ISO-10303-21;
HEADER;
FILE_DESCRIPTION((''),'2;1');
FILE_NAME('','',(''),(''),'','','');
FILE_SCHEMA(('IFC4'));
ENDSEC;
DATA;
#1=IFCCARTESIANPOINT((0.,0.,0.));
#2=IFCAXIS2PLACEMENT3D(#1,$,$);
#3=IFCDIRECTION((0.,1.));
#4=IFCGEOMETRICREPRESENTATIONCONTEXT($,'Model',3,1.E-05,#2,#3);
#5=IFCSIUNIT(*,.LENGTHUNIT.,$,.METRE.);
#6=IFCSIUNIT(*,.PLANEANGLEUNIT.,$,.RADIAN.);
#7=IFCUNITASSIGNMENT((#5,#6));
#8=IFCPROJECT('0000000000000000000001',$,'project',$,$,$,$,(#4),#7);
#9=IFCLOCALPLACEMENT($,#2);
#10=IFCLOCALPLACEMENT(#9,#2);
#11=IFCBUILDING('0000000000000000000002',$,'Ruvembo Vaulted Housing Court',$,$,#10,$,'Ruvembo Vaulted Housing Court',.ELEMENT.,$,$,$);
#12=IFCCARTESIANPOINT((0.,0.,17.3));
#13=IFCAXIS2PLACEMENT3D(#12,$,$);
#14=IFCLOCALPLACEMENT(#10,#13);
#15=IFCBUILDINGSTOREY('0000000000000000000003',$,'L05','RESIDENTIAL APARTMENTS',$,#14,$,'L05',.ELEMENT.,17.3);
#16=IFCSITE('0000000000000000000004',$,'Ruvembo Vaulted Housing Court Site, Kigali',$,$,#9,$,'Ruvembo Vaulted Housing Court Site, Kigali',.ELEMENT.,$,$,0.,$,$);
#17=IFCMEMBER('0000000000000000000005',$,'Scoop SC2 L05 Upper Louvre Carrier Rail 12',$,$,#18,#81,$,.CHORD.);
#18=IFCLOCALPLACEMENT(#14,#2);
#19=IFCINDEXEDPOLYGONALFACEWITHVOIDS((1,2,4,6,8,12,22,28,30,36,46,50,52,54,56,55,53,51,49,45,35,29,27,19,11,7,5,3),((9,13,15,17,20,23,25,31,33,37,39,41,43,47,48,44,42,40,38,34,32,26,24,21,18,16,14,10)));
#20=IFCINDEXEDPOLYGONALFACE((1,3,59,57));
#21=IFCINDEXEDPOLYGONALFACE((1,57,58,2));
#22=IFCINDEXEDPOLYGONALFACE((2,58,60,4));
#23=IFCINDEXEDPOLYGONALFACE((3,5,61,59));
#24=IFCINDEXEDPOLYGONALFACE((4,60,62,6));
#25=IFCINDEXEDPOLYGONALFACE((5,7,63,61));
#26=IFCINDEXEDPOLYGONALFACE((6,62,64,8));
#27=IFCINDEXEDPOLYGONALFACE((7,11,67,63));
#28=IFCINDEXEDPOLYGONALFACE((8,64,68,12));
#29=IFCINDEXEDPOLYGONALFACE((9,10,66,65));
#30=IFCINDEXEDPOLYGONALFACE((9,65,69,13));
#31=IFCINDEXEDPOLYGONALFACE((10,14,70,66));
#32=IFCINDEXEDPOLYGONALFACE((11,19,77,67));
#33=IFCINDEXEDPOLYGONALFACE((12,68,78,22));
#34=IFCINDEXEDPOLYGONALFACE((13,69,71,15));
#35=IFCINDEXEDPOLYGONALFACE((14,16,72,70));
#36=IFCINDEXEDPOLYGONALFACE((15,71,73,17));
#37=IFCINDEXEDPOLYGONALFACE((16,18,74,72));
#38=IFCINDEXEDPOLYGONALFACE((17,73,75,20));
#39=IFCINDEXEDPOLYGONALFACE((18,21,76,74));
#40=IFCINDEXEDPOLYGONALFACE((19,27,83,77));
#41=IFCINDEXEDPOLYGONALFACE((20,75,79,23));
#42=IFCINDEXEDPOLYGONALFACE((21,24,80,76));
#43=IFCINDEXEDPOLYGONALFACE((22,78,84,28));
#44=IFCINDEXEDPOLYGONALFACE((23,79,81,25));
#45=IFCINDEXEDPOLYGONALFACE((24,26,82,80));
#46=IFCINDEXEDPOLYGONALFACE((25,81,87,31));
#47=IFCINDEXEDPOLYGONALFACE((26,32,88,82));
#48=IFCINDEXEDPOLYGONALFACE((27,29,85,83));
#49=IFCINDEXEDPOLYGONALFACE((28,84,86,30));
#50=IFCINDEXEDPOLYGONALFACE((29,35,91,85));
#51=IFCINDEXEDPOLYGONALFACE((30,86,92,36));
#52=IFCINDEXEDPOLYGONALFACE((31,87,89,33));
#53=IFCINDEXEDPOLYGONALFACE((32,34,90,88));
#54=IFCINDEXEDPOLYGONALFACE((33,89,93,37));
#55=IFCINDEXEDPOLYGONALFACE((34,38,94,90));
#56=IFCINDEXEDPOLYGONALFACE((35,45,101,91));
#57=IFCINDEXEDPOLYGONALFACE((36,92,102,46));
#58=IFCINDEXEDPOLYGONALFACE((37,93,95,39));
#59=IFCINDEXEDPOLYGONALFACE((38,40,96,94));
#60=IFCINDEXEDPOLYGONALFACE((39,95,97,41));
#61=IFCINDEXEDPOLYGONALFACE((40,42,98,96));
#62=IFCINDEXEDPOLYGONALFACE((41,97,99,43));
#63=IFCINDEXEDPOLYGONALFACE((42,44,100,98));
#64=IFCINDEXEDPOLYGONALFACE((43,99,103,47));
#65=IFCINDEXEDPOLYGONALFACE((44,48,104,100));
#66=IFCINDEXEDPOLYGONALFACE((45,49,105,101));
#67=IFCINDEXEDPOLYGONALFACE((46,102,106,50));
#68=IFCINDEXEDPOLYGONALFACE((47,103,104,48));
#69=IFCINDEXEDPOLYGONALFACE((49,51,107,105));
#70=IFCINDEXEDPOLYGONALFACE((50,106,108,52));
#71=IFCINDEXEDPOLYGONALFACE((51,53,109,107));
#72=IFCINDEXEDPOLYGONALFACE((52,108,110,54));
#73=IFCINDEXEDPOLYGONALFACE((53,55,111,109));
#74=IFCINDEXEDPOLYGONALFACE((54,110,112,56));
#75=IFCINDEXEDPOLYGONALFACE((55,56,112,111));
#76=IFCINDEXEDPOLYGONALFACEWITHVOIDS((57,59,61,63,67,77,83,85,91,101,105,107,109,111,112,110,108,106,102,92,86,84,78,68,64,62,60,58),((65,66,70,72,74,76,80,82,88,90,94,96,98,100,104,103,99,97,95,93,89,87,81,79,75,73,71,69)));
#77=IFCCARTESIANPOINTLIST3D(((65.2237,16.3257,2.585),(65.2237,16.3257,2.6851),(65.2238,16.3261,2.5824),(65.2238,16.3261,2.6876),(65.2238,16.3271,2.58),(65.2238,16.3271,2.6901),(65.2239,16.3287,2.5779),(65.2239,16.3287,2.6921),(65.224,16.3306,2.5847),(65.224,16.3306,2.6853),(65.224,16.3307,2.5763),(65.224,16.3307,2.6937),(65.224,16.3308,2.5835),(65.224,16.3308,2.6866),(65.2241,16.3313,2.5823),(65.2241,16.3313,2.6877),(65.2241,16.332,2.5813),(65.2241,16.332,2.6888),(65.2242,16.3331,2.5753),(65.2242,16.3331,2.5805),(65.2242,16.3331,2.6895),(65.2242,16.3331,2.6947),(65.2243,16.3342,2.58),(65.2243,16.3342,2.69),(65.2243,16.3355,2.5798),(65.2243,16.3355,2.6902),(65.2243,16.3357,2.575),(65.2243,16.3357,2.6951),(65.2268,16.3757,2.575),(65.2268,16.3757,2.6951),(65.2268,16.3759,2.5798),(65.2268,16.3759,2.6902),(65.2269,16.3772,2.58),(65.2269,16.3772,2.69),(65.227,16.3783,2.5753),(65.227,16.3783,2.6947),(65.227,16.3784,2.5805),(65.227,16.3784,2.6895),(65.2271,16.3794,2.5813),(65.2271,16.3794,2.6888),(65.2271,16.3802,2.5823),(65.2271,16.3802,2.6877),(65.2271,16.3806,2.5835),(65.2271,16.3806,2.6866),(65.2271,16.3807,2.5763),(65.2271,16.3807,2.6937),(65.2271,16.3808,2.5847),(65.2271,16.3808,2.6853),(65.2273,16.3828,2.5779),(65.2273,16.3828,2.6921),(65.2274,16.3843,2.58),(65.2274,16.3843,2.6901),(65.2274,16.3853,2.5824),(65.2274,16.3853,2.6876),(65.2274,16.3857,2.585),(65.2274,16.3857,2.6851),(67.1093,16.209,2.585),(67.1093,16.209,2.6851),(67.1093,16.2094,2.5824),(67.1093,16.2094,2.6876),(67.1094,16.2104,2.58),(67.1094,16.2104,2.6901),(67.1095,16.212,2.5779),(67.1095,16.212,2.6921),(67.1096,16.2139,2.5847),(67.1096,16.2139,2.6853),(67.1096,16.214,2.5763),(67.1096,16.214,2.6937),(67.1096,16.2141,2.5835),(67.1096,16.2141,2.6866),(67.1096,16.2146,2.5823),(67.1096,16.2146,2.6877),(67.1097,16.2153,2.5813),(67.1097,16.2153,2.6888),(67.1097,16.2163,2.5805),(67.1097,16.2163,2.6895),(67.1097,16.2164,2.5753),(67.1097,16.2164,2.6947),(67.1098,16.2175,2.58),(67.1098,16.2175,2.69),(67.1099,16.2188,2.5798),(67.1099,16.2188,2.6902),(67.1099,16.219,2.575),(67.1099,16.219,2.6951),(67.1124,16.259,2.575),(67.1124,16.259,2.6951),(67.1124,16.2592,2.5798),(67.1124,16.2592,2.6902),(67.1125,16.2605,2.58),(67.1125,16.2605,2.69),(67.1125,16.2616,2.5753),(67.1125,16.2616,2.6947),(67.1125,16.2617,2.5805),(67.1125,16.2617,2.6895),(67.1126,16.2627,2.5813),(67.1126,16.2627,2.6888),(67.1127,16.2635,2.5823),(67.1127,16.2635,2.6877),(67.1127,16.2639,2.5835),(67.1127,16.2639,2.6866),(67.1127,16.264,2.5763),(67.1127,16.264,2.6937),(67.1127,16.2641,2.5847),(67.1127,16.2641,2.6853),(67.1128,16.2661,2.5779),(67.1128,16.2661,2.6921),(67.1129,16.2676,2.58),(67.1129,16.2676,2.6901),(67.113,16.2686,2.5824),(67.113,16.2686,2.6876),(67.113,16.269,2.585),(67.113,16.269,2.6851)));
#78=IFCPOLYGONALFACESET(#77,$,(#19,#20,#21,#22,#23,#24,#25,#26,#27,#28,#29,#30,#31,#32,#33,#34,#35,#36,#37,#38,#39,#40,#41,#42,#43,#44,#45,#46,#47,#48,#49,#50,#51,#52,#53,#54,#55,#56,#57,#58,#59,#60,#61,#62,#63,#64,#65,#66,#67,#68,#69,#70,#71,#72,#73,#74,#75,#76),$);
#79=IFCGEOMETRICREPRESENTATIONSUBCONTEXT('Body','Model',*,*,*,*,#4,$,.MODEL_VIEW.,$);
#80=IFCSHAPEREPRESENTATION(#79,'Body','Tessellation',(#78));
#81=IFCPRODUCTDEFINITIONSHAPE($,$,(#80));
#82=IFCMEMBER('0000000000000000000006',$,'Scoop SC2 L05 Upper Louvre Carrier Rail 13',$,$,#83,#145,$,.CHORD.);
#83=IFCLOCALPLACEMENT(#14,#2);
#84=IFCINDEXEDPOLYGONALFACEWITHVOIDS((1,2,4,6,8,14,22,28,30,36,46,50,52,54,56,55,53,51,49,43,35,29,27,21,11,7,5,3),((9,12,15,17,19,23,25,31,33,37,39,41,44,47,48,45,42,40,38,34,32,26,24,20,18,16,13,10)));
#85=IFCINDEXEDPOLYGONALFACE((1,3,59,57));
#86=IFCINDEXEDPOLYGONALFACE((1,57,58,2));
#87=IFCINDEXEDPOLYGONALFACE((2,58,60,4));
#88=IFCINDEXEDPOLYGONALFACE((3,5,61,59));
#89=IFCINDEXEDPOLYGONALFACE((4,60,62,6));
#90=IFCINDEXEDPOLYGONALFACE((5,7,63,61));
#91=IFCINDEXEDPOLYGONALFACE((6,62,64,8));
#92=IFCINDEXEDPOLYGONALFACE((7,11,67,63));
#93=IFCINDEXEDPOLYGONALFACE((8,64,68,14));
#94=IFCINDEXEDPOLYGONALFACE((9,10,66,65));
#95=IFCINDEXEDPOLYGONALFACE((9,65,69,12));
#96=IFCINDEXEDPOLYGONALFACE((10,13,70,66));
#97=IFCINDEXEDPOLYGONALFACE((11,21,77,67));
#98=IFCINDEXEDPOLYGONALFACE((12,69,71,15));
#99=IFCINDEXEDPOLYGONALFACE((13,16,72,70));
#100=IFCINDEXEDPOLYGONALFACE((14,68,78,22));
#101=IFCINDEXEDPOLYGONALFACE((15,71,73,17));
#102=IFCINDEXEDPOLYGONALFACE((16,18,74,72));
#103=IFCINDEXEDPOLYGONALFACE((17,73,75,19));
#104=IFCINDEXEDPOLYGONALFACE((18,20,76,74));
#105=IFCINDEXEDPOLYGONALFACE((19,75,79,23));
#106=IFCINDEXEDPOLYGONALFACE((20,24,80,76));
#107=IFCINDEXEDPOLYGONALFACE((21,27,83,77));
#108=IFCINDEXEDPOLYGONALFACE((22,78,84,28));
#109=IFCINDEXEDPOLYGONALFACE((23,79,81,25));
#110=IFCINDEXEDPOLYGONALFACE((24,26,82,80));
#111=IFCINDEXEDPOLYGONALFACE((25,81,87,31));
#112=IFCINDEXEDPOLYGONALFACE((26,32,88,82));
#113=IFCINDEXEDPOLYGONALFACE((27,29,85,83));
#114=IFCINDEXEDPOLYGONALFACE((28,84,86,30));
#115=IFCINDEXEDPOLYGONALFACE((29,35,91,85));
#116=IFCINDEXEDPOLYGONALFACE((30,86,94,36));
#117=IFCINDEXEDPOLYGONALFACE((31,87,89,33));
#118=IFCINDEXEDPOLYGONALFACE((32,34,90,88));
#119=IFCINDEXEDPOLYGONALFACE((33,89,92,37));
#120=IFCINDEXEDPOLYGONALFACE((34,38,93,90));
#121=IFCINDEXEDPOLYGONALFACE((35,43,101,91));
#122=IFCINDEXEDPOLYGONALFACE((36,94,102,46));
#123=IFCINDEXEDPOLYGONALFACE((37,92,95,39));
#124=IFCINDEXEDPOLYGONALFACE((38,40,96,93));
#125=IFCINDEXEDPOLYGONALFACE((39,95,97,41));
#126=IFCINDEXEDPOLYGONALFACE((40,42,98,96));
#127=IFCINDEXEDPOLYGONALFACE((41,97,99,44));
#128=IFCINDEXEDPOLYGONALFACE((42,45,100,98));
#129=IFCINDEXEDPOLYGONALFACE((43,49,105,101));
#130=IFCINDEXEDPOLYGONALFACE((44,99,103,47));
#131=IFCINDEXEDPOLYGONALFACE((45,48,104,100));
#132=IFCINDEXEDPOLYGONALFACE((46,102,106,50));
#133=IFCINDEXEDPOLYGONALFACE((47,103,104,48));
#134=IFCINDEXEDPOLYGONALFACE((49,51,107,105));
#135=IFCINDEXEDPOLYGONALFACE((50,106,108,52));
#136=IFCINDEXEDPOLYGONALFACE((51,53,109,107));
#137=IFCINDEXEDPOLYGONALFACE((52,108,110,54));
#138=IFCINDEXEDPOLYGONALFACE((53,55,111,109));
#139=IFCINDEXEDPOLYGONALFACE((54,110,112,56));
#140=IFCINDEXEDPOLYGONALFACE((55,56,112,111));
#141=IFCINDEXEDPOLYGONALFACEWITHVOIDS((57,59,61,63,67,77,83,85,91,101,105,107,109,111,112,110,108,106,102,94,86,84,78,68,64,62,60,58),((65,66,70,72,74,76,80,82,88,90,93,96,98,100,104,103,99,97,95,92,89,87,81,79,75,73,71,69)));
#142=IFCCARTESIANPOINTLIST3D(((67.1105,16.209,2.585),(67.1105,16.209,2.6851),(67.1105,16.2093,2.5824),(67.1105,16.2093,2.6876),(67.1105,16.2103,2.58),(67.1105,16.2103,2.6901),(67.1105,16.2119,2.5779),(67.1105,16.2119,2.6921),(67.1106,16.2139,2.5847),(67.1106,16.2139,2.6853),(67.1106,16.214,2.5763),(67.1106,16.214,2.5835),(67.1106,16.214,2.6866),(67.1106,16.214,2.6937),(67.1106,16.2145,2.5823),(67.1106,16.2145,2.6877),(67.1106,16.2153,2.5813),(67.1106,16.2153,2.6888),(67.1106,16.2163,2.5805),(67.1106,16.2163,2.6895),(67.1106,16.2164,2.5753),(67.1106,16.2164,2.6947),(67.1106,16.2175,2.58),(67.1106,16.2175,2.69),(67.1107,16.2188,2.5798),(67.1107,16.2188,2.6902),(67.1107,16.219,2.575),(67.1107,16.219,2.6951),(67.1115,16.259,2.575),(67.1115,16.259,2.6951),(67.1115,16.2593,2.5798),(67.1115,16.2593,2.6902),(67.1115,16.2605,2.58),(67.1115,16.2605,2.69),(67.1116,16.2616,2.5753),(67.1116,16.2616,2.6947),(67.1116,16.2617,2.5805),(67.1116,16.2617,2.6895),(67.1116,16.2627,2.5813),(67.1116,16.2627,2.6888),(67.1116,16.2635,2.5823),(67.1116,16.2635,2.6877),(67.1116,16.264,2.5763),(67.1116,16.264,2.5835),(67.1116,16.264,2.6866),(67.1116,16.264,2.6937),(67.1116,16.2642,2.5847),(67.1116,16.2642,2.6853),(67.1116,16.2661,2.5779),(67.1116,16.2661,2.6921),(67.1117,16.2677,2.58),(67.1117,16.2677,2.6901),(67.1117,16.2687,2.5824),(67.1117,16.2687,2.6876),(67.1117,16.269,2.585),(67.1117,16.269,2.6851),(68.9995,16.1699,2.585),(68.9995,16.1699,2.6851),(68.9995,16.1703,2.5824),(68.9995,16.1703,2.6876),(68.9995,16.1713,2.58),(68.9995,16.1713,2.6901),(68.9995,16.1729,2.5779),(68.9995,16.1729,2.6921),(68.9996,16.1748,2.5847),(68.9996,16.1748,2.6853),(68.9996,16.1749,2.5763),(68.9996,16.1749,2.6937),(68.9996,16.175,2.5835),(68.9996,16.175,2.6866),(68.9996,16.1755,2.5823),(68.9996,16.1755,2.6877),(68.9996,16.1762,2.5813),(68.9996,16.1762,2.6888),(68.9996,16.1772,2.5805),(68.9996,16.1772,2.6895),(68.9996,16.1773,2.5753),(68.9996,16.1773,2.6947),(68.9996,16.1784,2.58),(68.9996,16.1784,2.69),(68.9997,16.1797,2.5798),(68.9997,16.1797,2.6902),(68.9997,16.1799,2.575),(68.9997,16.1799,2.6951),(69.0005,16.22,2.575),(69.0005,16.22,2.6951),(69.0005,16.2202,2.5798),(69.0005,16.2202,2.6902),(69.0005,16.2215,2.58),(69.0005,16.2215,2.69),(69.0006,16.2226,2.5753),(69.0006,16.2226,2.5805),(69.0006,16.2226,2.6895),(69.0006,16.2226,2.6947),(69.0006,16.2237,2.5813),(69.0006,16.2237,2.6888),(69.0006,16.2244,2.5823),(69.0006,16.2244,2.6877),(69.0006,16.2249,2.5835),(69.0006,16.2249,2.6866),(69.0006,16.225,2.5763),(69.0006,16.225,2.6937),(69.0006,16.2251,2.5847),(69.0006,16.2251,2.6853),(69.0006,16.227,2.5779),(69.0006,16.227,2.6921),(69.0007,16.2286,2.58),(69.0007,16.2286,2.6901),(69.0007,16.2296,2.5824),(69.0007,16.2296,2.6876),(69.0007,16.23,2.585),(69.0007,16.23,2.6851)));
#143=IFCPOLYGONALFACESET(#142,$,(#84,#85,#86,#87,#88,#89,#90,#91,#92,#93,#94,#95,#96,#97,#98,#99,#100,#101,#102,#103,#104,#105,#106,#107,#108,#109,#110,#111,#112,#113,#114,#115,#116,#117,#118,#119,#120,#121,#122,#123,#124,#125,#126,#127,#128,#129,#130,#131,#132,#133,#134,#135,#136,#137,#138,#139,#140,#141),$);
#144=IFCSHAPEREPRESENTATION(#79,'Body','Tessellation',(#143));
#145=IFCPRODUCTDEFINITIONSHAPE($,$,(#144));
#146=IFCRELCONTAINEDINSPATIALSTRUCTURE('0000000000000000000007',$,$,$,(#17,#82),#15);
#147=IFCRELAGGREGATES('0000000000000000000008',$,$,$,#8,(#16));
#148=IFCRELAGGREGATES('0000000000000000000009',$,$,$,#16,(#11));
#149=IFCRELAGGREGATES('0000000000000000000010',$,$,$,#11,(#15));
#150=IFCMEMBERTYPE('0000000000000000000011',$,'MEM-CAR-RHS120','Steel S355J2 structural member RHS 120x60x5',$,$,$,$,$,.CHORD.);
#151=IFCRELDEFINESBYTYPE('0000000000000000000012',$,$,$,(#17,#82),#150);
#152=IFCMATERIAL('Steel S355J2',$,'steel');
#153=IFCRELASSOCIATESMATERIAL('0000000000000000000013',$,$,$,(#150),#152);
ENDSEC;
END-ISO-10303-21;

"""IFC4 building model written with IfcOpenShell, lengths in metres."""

from ifc_helpers import new_model, si_unit, direction, frame, origin, origin_2d, place, context, subcontext, project, spatial, hollow_rectangle, extrude, material, material_profile, profile_set, type_object, element, save


model = new_model("IFC4")

# Units and contexts
model_context = context("Model", 3, precision=1e-05, world=origin(), true_north=direction((0.0, 1.0)))
body_context = subcontext(model_context, "Body", "Model", "MODEL_VIEW")
ifc_project = project(units=[si_unit("LENGTHUNIT", "METRE"), si_unit("PLANEANGLEUNIT", "RADIAN")], contexts=[model_context])

# Site, building, storey
site_placement = place(None, origin())
site = spatial("IfcSite", under=ifc_project, at=site_placement, Name="Ruvembo Vaulted Housing Court Site, Kigali", LongName="Ruvembo Vaulted Housing Court Site, Kigali", CompositionType="ELEMENT", RefElevation=0.0)
building_placement = place(site_placement, origin())
building = spatial("IfcBuilding", under=site, at=building_placement, Name="Ruvembo Vaulted Housing Court", LongName="Ruvembo Vaulted Housing Court", CompositionType="ELEMENT")
storey_placement = place(building_placement, frame((0.0, 0.0, 17.3)))
storey = spatial("IfcBuildingStorey", under=building, at=storey_placement, Name="L05", Description="RESIDENTIAL APARTMENTS", LongName="L05", CompositionType="ELEMENT", Elevation=17.3)

# Shared definitions
ifc_material_1 = material(Name="Steel S355J2", Category="steel")

# Members
ifc_material_profile_1 = material_profile(ifc_material_1, hollow_rectangle(XDim=0.0601, YDim=0.1201, WallThickness=0.0049, InnerFilletRadius=0.0049, OuterFilletRadius=0.01, at=origin_2d()), Name="RHS 120x60x5")
ifc_profile_set_1 = profile_set([ifc_material_profile_1], Name="Steel S355J2")
member_type_1 = type_object("IfcMemberType", Name="MEM-CAR-RHS120", Description="Steel S355J2 structural member RHS 120x60x5", PredefinedType="CHORD", material=ifc_profile_set_1)
member_1_placement = place(storey_placement, frame((65.2256, 16.3557, 2.635), z_axis=(0.99809, -0.061775, 0.0), x_axis=(0.061775, 0.99809, 0.0)))
element("IfcMember", 1, at=member_1_placement, inside=storey, type_object=member_type_1, Name="Scoop SC2 L05 Upper Louvre Carrier Rail 12", PredefinedType="CHORD", context=body_context, shape_type="SweptSolid", body=[
    extrude(hollow_rectangle(XDim=0.0601, YDim=0.1201, WallThickness=0.0049, InnerFilletRadius=0.0049, OuterFilletRadius=0.01, at=origin_2d()), origin(), (0.0, 0.0, 1.0), 1.8892),
])
member_2_placement = place(storey_placement, frame((67.1111, 16.239, 2.635), z_axis=(0.999786, -0.020675, 0.0), x_axis=(0.020675, 0.999786, 0.0)))
element("IfcMember", 2, at=member_2_placement, inside=storey, type_object=member_type_1, Name="Scoop SC2 L05 Upper Louvre Carrier Rail 13", PredefinedType="CHORD", context=body_context, shape_type="SweptSolid", body=[
    extrude(hollow_rectangle(XDim=0.0601, YDim=0.1201, WallThickness=0.0049, InnerFilletRadius=0.0049, OuterFilletRadius=0.01, at=origin_2d()), origin(), (0.0, 0.0, 1.0), 1.8894),
])

save(model, "model.ifc")
